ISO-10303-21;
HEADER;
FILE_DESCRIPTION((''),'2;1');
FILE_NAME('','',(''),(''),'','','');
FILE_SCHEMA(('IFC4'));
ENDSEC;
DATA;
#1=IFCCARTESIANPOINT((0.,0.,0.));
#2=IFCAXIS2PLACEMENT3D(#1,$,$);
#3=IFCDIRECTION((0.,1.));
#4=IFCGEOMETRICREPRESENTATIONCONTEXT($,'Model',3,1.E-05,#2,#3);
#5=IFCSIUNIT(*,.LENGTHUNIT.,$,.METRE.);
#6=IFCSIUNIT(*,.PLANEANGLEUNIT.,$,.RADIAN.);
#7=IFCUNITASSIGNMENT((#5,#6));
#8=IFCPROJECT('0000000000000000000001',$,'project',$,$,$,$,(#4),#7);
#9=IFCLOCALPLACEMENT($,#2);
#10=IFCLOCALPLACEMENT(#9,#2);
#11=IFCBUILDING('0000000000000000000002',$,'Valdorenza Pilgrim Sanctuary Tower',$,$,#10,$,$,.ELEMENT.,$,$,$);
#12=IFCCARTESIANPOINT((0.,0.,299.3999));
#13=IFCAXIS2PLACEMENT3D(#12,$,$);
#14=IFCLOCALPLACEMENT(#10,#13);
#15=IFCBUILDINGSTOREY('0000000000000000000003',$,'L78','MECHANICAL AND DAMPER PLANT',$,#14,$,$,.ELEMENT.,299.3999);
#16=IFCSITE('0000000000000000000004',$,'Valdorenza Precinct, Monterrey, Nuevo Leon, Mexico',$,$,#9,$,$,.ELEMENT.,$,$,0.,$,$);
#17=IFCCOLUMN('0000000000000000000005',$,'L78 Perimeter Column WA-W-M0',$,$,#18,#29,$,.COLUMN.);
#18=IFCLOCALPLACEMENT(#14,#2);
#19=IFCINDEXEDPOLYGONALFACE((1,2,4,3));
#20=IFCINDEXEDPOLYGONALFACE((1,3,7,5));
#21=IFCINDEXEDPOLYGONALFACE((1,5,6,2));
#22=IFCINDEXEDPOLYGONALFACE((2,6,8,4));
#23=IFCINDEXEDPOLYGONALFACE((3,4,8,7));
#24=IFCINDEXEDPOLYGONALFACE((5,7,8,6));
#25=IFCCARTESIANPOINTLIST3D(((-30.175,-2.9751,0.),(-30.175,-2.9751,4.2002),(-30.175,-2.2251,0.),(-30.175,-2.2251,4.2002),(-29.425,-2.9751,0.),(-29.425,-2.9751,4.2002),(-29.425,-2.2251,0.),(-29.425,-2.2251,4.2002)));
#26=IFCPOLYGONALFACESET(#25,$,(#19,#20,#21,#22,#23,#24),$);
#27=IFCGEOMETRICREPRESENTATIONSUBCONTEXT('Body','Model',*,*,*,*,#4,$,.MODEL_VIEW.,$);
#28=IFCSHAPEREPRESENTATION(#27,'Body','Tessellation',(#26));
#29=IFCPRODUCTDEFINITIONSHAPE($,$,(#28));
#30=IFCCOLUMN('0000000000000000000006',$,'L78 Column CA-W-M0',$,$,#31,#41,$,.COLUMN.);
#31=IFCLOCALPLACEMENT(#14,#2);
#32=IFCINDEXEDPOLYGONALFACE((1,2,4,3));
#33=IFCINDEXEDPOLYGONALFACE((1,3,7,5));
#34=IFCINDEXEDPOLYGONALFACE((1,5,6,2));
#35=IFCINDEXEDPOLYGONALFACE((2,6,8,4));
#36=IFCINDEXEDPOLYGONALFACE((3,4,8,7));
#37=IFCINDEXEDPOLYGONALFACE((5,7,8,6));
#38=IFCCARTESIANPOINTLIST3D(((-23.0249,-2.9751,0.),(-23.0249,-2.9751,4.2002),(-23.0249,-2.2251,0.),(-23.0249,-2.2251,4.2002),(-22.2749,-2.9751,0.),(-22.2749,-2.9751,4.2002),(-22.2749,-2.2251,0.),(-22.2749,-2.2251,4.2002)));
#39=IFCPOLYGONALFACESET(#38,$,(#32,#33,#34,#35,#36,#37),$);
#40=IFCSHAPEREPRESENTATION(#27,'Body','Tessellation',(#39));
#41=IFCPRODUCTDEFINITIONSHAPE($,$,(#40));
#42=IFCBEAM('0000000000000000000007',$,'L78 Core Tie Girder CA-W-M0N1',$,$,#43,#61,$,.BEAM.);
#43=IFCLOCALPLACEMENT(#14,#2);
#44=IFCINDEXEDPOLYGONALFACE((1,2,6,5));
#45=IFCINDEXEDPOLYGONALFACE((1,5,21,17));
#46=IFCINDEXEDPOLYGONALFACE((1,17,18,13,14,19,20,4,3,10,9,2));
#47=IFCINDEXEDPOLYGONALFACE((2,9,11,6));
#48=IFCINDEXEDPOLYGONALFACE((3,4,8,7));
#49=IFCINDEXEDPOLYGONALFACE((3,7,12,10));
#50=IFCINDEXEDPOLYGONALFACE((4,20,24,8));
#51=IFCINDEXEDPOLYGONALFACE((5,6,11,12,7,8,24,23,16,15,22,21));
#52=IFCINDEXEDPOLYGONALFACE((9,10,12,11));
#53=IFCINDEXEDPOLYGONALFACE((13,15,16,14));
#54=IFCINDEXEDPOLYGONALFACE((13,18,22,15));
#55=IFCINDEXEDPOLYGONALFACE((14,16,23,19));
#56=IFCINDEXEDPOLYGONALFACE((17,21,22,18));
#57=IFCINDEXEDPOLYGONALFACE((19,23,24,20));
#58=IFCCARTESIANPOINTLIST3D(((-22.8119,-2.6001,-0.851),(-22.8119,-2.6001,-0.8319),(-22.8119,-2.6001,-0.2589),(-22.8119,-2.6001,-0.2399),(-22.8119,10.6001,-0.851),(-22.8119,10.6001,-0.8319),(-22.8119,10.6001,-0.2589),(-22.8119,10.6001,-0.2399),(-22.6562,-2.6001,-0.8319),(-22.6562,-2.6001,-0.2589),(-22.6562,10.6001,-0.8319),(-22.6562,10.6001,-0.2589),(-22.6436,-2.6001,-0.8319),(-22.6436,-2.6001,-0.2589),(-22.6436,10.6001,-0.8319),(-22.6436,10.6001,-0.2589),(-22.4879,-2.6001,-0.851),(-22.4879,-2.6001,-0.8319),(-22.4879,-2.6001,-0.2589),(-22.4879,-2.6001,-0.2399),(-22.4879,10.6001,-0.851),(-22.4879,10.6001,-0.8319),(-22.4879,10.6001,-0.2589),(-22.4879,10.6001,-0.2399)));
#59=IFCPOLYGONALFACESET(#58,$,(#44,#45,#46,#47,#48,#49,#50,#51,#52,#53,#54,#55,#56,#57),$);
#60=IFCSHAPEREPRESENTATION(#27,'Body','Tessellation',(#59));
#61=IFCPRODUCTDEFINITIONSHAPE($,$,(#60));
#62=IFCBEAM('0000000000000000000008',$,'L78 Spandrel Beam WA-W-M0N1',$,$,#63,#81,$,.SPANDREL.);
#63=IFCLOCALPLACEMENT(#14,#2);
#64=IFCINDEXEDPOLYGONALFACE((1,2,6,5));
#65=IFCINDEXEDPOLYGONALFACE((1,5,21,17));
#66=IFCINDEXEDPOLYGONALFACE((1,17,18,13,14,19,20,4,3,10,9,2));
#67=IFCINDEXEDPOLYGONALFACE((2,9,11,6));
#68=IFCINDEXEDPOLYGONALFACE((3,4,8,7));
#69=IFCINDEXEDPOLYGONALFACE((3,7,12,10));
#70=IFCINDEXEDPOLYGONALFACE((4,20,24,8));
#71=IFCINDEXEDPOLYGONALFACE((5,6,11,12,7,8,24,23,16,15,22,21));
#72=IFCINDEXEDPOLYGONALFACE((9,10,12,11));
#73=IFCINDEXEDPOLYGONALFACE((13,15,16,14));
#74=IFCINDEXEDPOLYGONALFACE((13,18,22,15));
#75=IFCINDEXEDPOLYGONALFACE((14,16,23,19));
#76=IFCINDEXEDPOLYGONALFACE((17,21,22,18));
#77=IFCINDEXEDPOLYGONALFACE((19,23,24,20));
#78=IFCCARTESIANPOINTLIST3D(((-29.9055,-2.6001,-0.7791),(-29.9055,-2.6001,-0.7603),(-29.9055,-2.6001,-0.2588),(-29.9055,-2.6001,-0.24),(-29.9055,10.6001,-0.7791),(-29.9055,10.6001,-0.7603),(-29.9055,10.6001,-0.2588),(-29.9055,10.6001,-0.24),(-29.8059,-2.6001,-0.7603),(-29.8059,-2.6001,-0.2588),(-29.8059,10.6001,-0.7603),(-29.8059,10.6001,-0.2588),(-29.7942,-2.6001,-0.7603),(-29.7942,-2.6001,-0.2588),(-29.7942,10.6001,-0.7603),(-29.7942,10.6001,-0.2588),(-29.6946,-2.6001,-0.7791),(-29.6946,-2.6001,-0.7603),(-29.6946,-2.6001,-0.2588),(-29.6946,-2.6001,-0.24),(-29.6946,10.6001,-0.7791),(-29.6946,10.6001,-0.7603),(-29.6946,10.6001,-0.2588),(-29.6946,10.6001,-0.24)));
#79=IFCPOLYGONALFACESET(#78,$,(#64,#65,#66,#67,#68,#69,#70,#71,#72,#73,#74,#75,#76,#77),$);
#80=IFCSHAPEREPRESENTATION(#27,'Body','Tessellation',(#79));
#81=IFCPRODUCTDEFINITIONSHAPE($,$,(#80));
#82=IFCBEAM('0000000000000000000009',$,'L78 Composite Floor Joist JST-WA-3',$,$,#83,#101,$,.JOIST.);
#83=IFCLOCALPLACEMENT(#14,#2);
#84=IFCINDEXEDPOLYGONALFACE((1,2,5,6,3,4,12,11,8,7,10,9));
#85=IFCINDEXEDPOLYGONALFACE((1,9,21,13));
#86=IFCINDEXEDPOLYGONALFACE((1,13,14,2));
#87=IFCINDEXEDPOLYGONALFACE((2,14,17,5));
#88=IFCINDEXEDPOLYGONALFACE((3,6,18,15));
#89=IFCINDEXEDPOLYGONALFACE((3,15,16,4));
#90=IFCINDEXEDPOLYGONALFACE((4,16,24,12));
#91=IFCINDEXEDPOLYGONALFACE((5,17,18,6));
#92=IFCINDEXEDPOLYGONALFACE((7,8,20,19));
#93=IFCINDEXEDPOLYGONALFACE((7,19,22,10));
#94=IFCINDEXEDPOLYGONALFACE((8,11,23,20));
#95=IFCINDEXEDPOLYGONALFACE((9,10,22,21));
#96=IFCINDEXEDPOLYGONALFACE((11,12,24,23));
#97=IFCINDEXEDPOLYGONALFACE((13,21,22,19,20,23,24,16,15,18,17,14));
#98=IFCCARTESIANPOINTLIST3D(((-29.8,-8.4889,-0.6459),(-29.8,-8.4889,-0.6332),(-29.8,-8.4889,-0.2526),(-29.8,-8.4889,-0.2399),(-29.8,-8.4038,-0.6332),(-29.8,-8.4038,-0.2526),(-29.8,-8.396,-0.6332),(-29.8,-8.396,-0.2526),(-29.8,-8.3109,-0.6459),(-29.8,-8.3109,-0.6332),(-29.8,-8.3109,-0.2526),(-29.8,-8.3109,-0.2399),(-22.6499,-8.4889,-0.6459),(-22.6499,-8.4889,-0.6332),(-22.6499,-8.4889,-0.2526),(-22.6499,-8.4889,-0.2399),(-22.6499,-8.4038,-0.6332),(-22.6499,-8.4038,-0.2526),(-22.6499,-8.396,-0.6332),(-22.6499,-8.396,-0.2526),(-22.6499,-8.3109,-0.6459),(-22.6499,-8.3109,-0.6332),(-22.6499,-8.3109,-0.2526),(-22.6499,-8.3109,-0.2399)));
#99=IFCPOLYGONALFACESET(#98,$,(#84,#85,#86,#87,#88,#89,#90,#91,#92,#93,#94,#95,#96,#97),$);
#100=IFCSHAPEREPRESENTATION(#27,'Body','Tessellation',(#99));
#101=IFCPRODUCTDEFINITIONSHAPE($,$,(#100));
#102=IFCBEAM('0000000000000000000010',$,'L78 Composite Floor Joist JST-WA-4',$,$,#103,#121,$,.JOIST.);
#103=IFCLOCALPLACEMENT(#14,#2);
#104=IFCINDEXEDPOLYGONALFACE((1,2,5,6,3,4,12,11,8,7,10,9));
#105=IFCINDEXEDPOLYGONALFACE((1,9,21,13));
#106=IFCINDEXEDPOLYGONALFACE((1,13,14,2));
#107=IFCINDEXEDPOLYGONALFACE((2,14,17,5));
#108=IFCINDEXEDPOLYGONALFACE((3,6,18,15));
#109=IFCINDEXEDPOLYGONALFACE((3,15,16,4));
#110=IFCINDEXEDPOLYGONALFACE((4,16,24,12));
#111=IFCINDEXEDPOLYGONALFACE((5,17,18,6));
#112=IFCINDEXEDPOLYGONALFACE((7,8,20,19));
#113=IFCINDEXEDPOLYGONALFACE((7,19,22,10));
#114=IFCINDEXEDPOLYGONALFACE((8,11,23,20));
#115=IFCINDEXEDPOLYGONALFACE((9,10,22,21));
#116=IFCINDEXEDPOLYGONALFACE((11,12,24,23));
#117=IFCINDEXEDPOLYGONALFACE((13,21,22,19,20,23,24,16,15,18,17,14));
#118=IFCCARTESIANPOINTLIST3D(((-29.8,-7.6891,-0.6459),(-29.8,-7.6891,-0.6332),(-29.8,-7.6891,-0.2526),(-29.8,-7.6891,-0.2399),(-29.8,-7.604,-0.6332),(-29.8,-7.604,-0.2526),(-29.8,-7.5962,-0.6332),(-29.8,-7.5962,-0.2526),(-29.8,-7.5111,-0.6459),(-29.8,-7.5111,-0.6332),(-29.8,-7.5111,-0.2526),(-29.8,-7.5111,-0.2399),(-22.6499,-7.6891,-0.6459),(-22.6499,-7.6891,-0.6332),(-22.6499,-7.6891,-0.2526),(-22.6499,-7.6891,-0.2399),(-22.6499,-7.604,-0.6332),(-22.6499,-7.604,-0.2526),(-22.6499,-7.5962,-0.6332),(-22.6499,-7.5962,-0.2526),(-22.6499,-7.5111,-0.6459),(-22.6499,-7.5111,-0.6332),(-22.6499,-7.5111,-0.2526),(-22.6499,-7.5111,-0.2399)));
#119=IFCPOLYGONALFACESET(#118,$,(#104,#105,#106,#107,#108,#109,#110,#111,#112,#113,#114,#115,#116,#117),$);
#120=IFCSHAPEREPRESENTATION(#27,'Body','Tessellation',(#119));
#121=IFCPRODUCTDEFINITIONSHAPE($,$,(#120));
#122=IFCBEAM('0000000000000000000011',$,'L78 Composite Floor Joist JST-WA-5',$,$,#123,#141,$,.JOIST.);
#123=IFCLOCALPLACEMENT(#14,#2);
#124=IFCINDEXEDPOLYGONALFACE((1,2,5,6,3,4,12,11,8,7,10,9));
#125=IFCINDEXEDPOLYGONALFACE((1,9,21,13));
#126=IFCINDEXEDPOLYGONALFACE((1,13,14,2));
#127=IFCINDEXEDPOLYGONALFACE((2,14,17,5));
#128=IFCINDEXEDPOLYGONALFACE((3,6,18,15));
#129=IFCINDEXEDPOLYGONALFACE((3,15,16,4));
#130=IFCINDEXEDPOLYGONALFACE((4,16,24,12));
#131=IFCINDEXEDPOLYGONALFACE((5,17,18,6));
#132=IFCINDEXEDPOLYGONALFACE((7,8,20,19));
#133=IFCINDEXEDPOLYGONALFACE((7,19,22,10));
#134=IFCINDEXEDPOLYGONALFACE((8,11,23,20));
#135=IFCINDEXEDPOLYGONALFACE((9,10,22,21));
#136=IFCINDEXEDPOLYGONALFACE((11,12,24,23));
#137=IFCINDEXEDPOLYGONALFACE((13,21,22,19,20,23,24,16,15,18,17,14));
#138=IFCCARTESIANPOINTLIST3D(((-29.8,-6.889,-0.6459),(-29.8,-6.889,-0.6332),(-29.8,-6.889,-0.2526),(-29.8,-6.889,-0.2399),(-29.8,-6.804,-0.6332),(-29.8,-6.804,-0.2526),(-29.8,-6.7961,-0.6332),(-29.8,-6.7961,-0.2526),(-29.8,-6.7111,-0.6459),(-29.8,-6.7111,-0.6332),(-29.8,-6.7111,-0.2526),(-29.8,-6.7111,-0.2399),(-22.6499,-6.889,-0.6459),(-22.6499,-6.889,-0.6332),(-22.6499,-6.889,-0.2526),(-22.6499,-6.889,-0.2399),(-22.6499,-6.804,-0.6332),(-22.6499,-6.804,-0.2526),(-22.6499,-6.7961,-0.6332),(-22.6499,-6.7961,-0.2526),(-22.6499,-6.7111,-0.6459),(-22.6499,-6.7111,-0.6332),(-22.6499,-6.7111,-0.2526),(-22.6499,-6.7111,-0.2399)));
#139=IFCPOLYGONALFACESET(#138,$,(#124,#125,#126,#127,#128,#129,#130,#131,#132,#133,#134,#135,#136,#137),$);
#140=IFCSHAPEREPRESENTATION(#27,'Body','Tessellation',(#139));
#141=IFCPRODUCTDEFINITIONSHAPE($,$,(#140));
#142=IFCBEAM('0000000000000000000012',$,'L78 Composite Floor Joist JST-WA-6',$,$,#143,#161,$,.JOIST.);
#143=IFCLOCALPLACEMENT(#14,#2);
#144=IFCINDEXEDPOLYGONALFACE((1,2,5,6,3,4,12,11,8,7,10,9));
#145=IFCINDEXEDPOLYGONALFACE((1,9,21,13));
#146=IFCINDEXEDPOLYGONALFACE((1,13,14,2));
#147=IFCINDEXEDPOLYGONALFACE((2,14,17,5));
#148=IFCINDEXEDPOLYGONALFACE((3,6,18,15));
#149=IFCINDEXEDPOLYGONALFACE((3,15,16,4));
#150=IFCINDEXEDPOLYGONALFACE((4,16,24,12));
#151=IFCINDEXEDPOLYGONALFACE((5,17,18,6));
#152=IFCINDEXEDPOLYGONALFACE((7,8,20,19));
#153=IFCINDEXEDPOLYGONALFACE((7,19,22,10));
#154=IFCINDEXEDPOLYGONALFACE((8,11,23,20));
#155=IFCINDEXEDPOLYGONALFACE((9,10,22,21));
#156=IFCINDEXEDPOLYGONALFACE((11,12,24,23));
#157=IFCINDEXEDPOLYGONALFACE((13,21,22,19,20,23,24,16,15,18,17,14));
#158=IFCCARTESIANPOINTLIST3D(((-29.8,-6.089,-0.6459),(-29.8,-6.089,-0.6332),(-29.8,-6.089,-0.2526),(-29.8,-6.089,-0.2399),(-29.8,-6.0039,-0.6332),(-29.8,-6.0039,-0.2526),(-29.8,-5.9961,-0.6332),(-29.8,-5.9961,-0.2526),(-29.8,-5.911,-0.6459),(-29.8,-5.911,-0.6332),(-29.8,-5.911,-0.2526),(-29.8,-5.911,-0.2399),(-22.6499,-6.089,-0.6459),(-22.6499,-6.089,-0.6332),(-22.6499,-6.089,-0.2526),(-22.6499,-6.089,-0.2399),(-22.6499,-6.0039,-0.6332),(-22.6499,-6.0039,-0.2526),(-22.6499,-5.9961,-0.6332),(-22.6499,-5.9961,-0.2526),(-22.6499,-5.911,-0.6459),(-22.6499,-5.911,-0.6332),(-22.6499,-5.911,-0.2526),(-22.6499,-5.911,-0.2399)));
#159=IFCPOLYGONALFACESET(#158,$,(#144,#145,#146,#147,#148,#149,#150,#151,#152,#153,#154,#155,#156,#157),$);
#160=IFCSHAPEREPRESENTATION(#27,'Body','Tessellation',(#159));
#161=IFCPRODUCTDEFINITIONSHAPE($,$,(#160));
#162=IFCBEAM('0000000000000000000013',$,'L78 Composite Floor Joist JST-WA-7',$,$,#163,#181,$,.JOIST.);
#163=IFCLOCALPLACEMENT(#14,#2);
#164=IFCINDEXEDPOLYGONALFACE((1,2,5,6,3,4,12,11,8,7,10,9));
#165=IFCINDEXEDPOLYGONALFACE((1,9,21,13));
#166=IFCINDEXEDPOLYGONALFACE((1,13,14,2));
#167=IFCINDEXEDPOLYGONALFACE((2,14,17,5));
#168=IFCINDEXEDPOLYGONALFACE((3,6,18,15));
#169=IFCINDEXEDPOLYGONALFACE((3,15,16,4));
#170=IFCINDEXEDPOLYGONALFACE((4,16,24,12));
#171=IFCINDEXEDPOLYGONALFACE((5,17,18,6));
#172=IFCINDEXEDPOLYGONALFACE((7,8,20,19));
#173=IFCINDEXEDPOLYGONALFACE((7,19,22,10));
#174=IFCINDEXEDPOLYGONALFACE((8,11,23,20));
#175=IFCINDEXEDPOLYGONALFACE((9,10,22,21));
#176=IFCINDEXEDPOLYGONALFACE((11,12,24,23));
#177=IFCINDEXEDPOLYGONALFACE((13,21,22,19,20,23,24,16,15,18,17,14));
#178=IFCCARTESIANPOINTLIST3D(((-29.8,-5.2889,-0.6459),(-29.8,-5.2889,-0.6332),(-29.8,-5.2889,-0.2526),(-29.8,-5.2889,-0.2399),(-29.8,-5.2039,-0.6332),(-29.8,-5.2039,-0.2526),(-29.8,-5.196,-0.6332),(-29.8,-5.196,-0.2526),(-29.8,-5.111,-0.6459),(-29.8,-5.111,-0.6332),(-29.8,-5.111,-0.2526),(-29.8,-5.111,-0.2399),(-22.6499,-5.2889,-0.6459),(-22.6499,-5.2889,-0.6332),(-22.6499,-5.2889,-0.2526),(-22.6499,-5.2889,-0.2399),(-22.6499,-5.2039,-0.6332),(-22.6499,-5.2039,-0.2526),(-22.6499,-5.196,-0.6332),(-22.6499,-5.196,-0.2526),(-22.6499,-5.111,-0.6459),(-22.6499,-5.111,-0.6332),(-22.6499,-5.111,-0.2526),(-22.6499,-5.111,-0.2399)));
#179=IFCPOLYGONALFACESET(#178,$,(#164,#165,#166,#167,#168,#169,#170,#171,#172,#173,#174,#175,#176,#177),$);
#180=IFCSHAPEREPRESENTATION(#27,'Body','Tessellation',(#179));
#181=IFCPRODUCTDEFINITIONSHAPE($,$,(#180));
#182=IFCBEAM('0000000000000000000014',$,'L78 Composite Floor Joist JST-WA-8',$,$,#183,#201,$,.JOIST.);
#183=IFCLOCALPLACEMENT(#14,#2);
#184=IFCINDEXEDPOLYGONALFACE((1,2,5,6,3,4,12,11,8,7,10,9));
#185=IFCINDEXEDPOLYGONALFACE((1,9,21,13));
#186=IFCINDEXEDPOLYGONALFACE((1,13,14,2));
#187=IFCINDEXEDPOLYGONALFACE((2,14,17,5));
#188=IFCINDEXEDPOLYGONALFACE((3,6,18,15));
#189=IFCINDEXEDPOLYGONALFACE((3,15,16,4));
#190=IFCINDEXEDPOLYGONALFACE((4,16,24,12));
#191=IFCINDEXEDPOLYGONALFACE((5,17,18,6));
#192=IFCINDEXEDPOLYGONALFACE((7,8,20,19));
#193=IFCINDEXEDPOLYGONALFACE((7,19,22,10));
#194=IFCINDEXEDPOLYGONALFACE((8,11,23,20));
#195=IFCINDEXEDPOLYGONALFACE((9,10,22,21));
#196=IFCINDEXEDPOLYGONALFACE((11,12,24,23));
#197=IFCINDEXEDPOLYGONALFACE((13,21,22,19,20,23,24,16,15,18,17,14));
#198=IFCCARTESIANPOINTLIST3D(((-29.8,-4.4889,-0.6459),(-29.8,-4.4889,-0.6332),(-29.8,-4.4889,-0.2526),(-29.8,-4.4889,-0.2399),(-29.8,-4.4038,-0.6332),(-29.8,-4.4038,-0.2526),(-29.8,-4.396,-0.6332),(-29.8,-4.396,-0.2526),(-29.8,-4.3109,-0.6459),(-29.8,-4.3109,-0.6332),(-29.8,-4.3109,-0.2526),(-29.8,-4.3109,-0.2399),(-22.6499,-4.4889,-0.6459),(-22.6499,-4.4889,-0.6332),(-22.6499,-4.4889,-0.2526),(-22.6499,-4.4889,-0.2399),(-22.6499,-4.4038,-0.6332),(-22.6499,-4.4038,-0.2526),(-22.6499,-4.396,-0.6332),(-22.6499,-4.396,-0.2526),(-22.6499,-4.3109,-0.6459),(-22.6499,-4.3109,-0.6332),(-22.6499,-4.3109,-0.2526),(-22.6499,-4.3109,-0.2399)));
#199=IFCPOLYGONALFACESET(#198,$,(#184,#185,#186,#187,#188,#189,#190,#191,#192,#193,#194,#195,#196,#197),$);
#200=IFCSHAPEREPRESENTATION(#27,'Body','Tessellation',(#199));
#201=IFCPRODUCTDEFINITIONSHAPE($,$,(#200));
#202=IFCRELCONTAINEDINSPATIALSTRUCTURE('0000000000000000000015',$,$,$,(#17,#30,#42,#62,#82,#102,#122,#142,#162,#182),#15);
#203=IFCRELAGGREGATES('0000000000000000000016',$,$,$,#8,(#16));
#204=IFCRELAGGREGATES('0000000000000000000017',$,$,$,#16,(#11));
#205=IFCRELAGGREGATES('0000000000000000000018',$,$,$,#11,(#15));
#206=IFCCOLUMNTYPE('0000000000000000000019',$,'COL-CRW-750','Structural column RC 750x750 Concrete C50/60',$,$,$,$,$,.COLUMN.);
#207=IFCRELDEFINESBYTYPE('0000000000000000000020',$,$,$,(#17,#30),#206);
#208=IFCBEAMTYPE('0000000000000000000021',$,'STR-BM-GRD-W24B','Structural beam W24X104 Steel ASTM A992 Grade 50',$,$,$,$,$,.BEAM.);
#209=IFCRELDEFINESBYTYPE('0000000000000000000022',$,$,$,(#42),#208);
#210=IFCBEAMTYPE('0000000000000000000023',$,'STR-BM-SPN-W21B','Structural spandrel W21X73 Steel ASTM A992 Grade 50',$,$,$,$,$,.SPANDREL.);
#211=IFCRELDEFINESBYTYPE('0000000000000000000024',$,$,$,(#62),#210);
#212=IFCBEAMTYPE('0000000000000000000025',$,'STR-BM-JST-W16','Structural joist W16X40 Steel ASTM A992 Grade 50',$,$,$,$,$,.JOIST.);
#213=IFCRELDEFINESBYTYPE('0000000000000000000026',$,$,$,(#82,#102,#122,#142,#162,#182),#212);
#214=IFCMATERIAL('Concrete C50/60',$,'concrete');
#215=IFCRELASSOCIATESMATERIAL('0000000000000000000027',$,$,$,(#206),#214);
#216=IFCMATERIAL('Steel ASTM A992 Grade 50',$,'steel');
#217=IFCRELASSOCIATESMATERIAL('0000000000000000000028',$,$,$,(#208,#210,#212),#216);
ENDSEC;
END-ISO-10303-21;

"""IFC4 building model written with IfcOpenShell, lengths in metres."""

from ifc_helpers import new_model, si_unit, direction, frame, origin, origin_2d, place, context, subcontext, project, spatial, rectangle, i_section, extrude, source, transform, mapped, material, material_profile, profile_set, type_object, element, save


model = new_model("IFC4")

# Units and contexts
model_context = context("Model", 3, precision=1e-05, world=origin(), true_north=direction((0.0, 1.0)))
body_context = subcontext(model_context, "Body", "Model", "MODEL_VIEW")
ifc_project = project(units=[si_unit("LENGTHUNIT", "METRE"), si_unit("PLANEANGLEUNIT", "RADIAN")], contexts=[model_context])

# Site, building, storey
site_placement = place(None, origin())
site = spatial("IfcSite", under=ifc_project, at=site_placement, Name="Valdorenza Precinct, Monterrey, Nuevo Leon, Mexico", CompositionType="ELEMENT", RefElevation=0.0)
building_placement = place(site_placement, origin())
building = spatial("IfcBuilding", under=site, at=building_placement, Name="Valdorenza Pilgrim Sanctuary Tower", CompositionType="ELEMENT")
storey_placement = place(building_placement, frame((0.0, 0.0, 299.3999)))
storey = spatial("IfcBuildingStorey", under=building, at=storey_placement, Name="L78", Description="MECHANICAL AND DAMPER PLANT", CompositionType="ELEMENT", Elevation=299.3999)

# Columns
ifc_material_1 = material(Name="Concrete C50/60", Category="concrete")
ifc_material_profile_1 = material_profile(ifc_material_1, rectangle(XDim=0.75, YDim=0.75, at=origin_2d()), Name="RC 750x750")
ifc_profile_set_1 = profile_set([ifc_material_profile_1], Name="Concrete C50/60")
column_type = type_object("IfcColumnType", Name="COL-CRW-750", Description="Structural column RC 750x750 Concrete C50/60", PredefinedType="COLUMN", material=ifc_profile_set_1)
shared_shape_1 = source(origin(), body_context, "Body", "SweptSolid", [
    extrude(rectangle(XDim=0.75, YDim=0.75, at=origin_2d()), origin(), (0.0, 0.0, 1.0), 4.2002),
])
for number, where, z_axis, x_axis, name in (
    (1, (-29.8, -2.6001, 0.0), (0.0, 0.0, 1.0), (1.0, 0.0, 0.0), "L78 Perimeter Column WA-W-M0"),
    (2, (-22.6499, -2.6001, 0.0), (0.0, 0.0, 1.0), (1.0, 0.0, 0.0), "L78 Column CA-W-M0"),
):
    element("IfcColumn", number, at=place(storey_placement, frame(where, z_axis=z_axis, x_axis=x_axis)), inside=storey, type_object=column_type, Name=name, PredefinedType="COLUMN", context=body_context, shape_type="MappedRepresentation", body=[
        mapped(shared_shape_1, transform((0.0, 0.0, 0.0), x_axis=(1.0, 0.0, 0.0), y_axis=(0.0, 1.0, 0.0), z_axis=(0.0, 0.0, 1.0), scale=1.0)),
    ])

# Beams
ifc_material_2 = material(Name="Steel ASTM A992 Grade 50", Category="steel")
ifc_material_profile_2 = material_profile(ifc_material_2, i_section(OverallWidth=0.324, OverallDepth=0.6111, WebThickness=0.0127, FlangeThickness=0.019, at=origin_2d()), Name="W24X104")
ifc_profile_set_2 = profile_set([ifc_material_profile_2], Name="Steel ASTM A992 Grade 50")
beam_type_1 = type_object("IfcBeamType", Name="STR-BM-GRD-W24B", Description="Structural beam W24X104 Steel ASTM A992 Grade 50", PredefinedType="BEAM", material=ifc_profile_set_2)
shared_shape_2 = source(origin(), body_context, "Body", "SweptSolid", [
    extrude(i_section(OverallWidth=0.324, OverallDepth=0.6111, WebThickness=0.0127, FlangeThickness=0.019, at=origin_2d()), origin(), (0.0, 0.0, 1.0), 13.2002),
])
beam_1_placement = place(storey_placement, frame((-22.6499, -2.6001, -0.5454), z_axis=(0.0, 1.0, 0.0), x_axis=(-1.0, 0.0, 0.0)))
element("IfcBeam", 3, at=beam_1_placement, inside=storey, type_object=beam_type_1, Name="L78 Core Tie Girder CA-W-M0N1", PredefinedType="BEAM", context=body_context, shape_type="MappedRepresentation", body=[
    mapped(shared_shape_2, transform((0.0, 0.0, 0.0), x_axis=(1.0, 0.0, 0.0), y_axis=(0.0, 1.0, 0.0), z_axis=(0.0, 0.0, 1.0), scale=1.0)),
])
ifc_material_profile_3 = material_profile(ifc_material_2, i_section(OverallWidth=0.2109, OverallDepth=0.5391, WebThickness=0.0117, FlangeThickness=0.0188, at=origin_2d()), Name="W21X73")
ifc_profile_set_3 = profile_set([ifc_material_profile_3], Name="Steel ASTM A992 Grade 50")
beam_type_2 = type_object("IfcBeamType", Name="STR-BM-SPN-W21B", Description="Structural spandrel W21X73 Steel ASTM A992 Grade 50", PredefinedType="SPANDREL", material=ifc_profile_set_3)
shared_shape_3 = source(origin(), body_context, "Body", "SweptSolid", [
    extrude(i_section(OverallWidth=0.2109, OverallDepth=0.5391, WebThickness=0.0117, FlangeThickness=0.0188, at=origin_2d()), origin(), (0.0, 0.0, 1.0), 13.2002),
])
beam_2_placement = place(storey_placement, frame((-29.8, -2.6001, -0.5095), z_axis=(0.0, 1.0, 0.0), x_axis=(-1.0, 0.0, 0.0)))
element("IfcBeam", 4, at=beam_2_placement, inside=storey, type_object=beam_type_2, Name="L78 Spandrel Beam WA-W-M0N1", PredefinedType="SPANDREL", context=body_context, shape_type="MappedRepresentation", body=[
    mapped(shared_shape_3, transform((0.0, 0.0, 0.0), x_axis=(1.0, 0.0, 0.0), y_axis=(0.0, 1.0, 0.0), z_axis=(0.0, 0.0, 1.0), scale=1.0)),
])
ifc_material_profile_4 = material_profile(ifc_material_2, i_section(OverallWidth=0.178, OverallDepth=0.406, WebThickness=0.0078, FlangeThickness=0.0127, at=origin_2d()), Name="W16X40")
ifc_profile_set_4 = profile_set([ifc_material_profile_4], Name="Steel ASTM A992 Grade 50")
beam_type_3 = type_object("IfcBeamType", Name="STR-BM-JST-W16", Description="Structural joist W16X40 Steel ASTM A992 Grade 50", PredefinedType="JOIST", material=ifc_profile_set_4)
shared_shape_4 = source(origin(), body_context, "Body", "SweptSolid", [
    extrude(i_section(OverallWidth=0.178, OverallDepth=0.406, WebThickness=0.0078, FlangeThickness=0.0127, at=origin_2d()), origin(), (0.0, 0.0, 1.0), 7.1501),
])
for number, where, z_axis, x_axis, name in (
    (5, (-29.8, -8.3999, -0.4429), (1.0, 0.0, 0.0), (0.0, 1.0, 0.0), "L78 Composite Floor Joist JST-WA-3"),
    (6, (-29.8, -7.6001, -0.4429), (1.0, 0.0, 0.0), (0.0, 1.0, 0.0), "L78 Composite Floor Joist JST-WA-4"),
    (7, (-29.8, -6.8, -0.4429), (1.0, 0.0, 0.0), (0.0, 1.0, 0.0), "L78 Composite Floor Joist JST-WA-5"),
    (8, (-29.8, -6.0, -0.4429), (1.0, 0.0, 0.0), (0.0, 1.0, 0.0), "L78 Composite Floor Joist JST-WA-6"),
    (9, (-29.8, -5.2, -0.4429), (1.0, 0.0, 0.0), (0.0, 1.0, 0.0), "L78 Composite Floor Joist JST-WA-7"),
    (10, (-29.8, -4.3999, -0.4429), (1.0, 0.0, 0.0), (0.0, 1.0, 0.0), "L78 Composite Floor Joist JST-WA-8"),
):
    element("IfcBeam", number, at=place(storey_placement, frame(where, z_axis=z_axis, x_axis=x_axis)), inside=storey, type_object=beam_type_3, Name=name, PredefinedType="JOIST", context=body_context, shape_type="MappedRepresentation", body=[
        mapped(shared_shape_4, transform((0.0, 0.0, 0.0), x_axis=(1.0, 0.0, 0.0), y_axis=(0.0, 1.0, 0.0), z_axis=(0.0, 0.0, 1.0), scale=1.0)),
    ])

save(model, "model.ifc")
